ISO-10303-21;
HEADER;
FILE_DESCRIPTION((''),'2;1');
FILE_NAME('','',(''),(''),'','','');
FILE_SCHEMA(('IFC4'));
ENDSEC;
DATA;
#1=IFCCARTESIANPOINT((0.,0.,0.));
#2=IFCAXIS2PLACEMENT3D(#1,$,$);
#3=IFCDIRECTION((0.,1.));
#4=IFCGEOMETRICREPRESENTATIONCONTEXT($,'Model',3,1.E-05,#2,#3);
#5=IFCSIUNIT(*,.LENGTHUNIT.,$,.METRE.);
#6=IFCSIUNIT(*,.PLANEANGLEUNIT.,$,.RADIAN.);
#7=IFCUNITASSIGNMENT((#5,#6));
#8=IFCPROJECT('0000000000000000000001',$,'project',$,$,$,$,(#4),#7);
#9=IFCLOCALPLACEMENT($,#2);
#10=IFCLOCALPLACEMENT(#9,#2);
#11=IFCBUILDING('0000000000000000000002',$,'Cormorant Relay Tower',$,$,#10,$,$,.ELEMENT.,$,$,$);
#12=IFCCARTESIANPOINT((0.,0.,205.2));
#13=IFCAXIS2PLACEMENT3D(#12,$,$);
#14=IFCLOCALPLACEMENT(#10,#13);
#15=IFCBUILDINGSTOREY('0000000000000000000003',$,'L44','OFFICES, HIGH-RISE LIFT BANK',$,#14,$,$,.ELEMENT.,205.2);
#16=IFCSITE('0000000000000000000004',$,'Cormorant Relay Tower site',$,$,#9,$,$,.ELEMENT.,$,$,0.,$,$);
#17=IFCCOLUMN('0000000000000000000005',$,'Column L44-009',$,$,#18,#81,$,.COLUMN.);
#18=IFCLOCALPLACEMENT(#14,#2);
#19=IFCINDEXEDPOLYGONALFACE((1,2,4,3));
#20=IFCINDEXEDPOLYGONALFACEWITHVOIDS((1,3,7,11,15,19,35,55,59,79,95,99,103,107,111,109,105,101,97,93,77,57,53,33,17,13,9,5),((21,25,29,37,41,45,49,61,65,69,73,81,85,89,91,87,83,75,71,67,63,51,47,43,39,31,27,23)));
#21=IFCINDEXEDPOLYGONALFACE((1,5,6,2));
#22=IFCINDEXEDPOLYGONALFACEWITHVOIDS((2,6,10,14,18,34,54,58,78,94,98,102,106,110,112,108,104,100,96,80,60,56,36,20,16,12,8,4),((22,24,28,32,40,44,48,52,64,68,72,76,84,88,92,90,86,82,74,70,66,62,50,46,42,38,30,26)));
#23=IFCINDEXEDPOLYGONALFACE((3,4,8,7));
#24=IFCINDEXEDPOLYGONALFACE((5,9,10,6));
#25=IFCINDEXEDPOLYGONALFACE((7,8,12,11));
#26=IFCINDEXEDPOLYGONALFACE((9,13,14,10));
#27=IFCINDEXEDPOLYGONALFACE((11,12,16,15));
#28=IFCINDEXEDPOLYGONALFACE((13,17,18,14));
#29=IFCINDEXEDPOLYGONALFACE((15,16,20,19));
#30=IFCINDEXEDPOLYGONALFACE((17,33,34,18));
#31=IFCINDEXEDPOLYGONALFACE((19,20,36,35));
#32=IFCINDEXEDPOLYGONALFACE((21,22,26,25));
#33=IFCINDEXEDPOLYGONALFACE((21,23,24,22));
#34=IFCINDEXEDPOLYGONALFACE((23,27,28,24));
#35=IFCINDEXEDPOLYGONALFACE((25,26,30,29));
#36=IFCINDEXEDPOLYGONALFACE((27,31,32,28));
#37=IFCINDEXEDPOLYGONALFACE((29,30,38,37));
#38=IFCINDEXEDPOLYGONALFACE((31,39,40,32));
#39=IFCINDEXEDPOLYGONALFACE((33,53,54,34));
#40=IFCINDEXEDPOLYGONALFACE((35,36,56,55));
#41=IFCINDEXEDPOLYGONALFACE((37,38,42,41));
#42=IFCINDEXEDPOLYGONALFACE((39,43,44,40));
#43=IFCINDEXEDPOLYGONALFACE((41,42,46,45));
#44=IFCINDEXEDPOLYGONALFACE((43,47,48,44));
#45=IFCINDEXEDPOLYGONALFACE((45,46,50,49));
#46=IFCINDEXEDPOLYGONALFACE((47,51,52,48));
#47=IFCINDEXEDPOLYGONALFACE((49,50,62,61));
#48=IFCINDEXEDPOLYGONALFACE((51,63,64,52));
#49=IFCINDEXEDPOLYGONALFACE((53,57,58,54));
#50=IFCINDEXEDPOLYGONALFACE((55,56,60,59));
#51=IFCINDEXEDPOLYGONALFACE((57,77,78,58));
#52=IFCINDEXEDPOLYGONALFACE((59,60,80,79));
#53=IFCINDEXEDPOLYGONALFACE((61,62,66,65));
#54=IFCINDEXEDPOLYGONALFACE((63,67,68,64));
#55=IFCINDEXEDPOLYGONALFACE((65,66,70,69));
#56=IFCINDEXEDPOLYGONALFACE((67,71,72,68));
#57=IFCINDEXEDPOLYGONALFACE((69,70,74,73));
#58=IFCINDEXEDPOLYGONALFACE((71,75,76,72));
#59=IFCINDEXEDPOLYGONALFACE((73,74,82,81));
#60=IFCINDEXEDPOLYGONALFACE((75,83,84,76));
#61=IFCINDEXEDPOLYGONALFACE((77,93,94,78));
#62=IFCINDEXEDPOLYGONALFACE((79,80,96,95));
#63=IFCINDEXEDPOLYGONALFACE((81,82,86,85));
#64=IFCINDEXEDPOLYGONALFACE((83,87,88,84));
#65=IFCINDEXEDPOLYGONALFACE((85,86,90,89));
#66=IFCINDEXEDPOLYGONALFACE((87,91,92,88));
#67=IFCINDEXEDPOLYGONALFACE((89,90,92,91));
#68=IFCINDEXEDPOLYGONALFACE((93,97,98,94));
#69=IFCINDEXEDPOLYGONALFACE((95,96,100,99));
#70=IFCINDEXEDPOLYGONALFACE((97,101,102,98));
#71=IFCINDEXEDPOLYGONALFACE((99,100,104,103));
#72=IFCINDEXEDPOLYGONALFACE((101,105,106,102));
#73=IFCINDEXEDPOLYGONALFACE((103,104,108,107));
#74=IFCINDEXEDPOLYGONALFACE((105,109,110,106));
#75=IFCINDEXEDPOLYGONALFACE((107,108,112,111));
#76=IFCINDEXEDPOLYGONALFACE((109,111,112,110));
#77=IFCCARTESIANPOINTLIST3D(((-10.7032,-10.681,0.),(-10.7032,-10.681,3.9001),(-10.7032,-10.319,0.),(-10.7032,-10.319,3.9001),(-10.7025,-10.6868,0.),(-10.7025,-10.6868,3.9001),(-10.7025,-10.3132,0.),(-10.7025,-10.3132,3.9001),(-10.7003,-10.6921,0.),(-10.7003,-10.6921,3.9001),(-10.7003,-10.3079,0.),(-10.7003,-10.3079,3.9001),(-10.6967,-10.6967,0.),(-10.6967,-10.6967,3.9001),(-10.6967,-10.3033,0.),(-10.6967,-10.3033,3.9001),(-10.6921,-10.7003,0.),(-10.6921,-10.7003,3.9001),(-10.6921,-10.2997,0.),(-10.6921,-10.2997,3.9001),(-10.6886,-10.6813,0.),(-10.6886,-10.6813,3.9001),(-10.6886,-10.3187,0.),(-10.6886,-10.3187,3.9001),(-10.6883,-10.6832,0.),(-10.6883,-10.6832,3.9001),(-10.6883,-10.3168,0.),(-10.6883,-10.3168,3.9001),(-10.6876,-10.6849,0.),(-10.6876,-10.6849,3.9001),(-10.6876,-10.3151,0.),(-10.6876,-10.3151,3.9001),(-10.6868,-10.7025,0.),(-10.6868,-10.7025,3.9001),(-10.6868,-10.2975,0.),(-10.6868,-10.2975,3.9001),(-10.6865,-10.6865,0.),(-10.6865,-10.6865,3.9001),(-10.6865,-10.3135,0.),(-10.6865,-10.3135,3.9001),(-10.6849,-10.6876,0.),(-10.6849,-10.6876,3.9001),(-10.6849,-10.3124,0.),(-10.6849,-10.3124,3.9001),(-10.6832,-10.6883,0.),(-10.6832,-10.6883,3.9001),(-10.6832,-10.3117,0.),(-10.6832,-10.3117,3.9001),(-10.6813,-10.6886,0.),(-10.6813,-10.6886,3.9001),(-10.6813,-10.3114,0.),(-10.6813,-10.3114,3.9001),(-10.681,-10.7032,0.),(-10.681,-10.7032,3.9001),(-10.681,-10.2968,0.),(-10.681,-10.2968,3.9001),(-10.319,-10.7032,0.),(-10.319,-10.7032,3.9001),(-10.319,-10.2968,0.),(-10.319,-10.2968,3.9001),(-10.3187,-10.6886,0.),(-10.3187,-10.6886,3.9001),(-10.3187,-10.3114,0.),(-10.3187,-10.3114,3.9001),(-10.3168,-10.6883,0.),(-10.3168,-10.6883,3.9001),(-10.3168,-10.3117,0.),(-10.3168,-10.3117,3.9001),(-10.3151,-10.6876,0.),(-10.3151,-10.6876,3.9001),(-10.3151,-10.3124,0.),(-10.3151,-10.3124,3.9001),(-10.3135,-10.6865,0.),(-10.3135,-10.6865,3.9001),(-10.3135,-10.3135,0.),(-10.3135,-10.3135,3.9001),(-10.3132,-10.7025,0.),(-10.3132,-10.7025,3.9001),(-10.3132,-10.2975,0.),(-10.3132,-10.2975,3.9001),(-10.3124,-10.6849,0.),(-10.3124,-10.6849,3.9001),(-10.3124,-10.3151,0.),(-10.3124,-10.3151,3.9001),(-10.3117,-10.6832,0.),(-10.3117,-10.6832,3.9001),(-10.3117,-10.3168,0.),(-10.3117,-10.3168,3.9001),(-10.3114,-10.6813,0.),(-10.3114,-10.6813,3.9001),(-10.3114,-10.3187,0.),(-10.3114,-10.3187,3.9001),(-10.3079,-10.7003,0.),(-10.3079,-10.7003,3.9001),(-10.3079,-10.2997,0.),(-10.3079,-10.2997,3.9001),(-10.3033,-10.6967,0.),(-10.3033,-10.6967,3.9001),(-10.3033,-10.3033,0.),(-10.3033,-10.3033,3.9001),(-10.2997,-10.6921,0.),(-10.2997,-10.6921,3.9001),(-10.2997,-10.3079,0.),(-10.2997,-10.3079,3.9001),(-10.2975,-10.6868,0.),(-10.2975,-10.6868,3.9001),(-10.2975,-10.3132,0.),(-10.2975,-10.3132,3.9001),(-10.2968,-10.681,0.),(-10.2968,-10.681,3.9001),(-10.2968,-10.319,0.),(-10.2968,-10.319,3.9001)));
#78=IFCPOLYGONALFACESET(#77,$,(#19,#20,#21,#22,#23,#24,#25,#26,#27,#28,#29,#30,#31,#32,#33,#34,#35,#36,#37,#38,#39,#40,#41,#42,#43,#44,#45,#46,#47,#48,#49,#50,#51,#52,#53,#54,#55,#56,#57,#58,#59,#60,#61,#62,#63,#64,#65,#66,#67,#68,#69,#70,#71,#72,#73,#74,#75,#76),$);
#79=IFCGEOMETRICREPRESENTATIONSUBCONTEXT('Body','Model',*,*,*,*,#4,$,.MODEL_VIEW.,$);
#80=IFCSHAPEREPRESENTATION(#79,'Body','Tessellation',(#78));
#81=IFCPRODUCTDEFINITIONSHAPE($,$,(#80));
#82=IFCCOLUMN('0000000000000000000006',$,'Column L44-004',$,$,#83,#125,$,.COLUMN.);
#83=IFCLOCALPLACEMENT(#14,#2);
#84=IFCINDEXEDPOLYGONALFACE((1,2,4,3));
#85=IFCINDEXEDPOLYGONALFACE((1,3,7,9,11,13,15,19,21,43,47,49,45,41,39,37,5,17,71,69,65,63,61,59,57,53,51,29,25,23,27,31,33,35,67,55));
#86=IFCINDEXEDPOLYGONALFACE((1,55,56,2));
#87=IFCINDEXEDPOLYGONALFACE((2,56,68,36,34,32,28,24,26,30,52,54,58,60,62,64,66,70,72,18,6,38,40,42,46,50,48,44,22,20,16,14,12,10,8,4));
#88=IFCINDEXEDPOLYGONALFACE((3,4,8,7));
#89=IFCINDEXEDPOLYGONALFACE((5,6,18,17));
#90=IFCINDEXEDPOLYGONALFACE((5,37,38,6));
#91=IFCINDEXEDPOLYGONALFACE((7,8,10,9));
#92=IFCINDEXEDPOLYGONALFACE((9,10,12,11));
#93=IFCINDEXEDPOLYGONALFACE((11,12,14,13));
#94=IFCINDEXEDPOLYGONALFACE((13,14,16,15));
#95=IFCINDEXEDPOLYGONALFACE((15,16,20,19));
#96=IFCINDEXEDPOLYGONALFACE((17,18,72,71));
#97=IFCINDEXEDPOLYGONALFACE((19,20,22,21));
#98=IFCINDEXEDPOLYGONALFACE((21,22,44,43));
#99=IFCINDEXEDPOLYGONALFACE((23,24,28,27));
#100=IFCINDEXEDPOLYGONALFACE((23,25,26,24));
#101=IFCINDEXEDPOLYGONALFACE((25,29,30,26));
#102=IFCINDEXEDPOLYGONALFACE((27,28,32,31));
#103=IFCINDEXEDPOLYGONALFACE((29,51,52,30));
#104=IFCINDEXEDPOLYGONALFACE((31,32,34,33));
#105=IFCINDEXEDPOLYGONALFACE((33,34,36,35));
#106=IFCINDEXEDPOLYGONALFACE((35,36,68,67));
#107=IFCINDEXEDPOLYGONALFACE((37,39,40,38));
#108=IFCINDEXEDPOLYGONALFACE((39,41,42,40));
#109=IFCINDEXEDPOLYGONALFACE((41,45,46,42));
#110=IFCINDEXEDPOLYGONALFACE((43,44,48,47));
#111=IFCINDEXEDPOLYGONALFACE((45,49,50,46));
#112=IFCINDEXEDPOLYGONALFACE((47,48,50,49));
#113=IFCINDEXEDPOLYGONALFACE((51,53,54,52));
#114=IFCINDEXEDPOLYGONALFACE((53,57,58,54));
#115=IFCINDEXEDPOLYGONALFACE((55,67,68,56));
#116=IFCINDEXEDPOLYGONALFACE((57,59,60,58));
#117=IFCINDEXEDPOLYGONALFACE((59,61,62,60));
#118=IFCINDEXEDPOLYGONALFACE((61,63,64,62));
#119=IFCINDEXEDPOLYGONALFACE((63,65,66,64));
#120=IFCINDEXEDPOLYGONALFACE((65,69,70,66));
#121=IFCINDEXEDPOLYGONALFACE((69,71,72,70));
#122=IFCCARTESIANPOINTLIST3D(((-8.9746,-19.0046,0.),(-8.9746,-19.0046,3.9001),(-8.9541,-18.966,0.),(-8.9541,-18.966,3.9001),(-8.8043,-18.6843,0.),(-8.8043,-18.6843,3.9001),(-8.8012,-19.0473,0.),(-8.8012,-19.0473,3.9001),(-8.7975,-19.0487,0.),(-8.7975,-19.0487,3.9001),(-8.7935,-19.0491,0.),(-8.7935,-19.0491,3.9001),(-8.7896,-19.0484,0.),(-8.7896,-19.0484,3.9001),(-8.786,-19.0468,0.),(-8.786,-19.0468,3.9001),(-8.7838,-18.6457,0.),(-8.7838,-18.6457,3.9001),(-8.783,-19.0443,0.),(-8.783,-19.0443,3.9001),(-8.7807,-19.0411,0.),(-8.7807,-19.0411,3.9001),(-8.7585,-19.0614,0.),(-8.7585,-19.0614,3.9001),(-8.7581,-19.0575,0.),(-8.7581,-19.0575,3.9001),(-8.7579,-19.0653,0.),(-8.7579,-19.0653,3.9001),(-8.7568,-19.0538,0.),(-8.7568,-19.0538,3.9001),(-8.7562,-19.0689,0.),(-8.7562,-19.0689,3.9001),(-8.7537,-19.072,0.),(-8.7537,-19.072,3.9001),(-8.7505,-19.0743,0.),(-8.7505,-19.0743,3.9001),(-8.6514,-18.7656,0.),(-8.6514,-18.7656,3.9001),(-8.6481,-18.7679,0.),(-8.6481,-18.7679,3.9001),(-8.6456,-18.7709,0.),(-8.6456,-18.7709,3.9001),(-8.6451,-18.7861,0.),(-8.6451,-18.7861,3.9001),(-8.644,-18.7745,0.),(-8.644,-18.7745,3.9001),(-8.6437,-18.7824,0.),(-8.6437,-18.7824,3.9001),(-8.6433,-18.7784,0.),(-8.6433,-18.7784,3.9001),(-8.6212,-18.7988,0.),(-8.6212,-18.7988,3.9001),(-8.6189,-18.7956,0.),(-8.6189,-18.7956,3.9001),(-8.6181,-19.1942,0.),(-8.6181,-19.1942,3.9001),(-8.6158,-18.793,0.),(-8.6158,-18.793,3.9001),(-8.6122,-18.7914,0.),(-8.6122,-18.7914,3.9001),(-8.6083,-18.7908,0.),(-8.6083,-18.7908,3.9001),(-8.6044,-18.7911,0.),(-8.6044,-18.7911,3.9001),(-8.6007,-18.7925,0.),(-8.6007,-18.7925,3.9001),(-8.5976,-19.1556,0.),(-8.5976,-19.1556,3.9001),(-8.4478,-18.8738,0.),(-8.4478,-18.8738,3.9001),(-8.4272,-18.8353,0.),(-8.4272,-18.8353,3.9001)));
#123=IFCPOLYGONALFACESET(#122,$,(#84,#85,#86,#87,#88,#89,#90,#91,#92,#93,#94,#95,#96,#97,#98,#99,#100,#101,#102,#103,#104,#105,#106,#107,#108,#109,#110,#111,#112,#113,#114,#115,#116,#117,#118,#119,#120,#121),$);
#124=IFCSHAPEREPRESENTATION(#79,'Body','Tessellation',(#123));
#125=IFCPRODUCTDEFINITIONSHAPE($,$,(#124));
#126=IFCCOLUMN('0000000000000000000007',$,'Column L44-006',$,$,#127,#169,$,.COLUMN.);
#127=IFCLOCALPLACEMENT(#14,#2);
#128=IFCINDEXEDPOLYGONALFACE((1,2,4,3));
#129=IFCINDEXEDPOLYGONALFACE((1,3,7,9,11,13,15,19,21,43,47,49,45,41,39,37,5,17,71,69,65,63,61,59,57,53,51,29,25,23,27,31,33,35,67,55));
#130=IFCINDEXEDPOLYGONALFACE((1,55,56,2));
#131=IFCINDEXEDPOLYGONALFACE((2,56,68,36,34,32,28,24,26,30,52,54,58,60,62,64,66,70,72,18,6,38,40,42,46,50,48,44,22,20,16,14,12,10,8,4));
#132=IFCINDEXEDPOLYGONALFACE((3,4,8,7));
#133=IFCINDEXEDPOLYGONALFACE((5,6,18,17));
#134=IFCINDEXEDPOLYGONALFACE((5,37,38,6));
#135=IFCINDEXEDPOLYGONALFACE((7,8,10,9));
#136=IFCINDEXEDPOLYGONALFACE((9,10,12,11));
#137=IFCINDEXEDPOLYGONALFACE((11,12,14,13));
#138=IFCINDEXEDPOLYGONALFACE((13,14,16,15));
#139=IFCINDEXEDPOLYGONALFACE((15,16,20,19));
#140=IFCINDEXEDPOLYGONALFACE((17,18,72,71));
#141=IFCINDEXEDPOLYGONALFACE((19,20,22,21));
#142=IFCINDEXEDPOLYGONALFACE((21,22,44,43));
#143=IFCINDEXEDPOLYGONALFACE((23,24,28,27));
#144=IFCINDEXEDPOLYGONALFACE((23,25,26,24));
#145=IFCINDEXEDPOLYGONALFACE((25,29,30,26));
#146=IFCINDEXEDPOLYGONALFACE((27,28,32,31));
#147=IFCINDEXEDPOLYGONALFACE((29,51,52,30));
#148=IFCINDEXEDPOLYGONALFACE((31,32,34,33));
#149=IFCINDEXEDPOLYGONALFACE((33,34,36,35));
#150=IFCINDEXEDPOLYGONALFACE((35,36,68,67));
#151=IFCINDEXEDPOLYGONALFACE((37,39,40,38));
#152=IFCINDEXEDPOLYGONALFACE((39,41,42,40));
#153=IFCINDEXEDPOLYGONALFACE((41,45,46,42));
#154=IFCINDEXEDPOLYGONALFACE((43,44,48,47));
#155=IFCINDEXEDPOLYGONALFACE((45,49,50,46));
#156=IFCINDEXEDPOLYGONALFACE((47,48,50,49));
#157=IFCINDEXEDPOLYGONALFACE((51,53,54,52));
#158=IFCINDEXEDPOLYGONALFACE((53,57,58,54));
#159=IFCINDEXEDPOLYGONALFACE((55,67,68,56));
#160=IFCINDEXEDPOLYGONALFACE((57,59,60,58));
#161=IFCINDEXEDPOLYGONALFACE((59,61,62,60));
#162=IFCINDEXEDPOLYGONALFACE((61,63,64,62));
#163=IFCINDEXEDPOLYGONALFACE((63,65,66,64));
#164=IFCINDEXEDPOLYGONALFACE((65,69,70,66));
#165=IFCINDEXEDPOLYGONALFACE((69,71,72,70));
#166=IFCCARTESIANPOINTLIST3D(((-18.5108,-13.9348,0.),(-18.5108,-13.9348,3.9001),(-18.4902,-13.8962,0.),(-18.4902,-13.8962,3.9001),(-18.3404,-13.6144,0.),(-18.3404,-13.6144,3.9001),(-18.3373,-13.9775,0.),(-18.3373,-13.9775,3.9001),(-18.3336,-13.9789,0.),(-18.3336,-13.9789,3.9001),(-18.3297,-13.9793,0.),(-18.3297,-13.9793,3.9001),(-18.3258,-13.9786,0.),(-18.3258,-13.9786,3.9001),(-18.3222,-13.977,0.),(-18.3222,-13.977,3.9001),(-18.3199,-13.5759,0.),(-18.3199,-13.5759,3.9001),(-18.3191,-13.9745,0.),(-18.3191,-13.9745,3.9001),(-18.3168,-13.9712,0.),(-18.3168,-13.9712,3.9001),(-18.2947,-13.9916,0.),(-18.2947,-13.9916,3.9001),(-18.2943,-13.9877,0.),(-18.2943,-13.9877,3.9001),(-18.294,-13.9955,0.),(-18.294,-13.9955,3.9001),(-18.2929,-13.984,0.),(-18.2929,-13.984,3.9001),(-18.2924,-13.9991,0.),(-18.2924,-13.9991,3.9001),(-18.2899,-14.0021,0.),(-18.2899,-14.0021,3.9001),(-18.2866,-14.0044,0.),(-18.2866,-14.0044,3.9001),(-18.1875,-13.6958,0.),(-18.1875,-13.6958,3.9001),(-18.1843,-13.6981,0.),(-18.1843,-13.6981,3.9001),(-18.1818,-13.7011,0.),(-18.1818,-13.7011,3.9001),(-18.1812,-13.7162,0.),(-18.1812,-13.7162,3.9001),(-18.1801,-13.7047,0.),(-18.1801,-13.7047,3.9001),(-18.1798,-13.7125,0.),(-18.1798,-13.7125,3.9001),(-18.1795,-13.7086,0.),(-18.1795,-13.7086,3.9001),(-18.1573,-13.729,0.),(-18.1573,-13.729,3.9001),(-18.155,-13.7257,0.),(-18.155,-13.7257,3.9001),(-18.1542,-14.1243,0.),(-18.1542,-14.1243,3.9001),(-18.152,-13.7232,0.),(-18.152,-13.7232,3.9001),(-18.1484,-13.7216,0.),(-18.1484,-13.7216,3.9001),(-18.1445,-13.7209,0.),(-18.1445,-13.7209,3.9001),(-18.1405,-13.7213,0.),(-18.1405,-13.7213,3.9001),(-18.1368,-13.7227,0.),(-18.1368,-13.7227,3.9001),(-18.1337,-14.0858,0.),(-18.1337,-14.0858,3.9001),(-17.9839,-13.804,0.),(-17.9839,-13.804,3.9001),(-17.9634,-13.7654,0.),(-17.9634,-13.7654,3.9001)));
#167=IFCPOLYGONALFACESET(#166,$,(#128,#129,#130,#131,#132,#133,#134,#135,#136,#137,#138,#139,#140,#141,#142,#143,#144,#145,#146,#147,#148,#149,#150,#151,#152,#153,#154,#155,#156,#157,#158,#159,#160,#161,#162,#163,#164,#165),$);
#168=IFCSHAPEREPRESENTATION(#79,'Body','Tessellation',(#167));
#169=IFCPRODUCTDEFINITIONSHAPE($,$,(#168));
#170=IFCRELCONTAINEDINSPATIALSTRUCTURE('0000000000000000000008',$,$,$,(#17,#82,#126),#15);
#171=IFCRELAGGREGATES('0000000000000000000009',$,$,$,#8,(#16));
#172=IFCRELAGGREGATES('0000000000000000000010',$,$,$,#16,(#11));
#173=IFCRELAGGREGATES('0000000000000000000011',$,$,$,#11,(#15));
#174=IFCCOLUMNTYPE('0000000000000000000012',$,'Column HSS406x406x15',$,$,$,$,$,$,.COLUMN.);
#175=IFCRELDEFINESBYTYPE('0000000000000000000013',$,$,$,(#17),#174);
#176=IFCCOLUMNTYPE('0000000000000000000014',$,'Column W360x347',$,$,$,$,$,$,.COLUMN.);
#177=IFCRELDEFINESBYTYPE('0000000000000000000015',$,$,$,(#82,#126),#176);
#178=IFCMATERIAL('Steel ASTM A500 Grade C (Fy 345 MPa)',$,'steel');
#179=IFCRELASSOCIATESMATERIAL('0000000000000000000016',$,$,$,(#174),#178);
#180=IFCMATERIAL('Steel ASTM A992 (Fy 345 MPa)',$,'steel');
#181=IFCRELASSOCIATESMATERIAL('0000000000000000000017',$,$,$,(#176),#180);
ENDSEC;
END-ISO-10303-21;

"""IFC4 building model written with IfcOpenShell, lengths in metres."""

from ifc_helpers import new_model, si_unit, direction, frame, origin, origin_2d, place, context, subcontext, project, spatial, hollow_rectangle, i_section, extrude, material, material_profile, profile_set, type_object, element, save


model = new_model("IFC4")

# Units and contexts
model_context = context("Model", 3, precision=1e-05, world=origin(), true_north=direction((0.0, 1.0)))
body_context = subcontext(model_context, "Body", "Model", "MODEL_VIEW")
ifc_project = project(units=[si_unit("LENGTHUNIT", "METRE"), si_unit("PLANEANGLEUNIT", "RADIAN")], contexts=[model_context])

# Site, building, storey
site_placement = place(None, origin())
site = spatial("IfcSite", under=ifc_project, at=site_placement, Name="Cormorant Relay Tower site", CompositionType="ELEMENT", RefElevation=0.0)
building_placement = place(site_placement, origin())
building = spatial("IfcBuilding", under=site, at=building_placement, Name="Cormorant Relay Tower", CompositionType="ELEMENT")
storey_placement = place(building_placement, frame((0.0, 0.0, 205.2)))
storey = spatial("IfcBuildingStorey", under=building, at=storey_placement, Name="L44", Description="OFFICES, HIGH-RISE LIFT BANK", CompositionType="ELEMENT", Elevation=205.2)

# Columns
ifc_material_1 = material(Name="Steel ASTM A500 Grade C (Fy 345 MPa)", Category="steel")
ifc_material_profile_1 = material_profile(ifc_material_1, hollow_rectangle(XDim=0.4065, YDim=0.4065, WallThickness=0.0146, InnerFilletRadius=0.0073, OuterFilletRadius=0.0222, at=origin_2d()), Name="HSS406x406x15")
ifc_profile_set_1 = profile_set([ifc_material_profile_1], Name="Steel ASTM A500 Grade C (Fy 345 MPa)")
column_type_1 = type_object("IfcColumnType", Name="Column HSS406x406x15", PredefinedType="COLUMN", material=ifc_profile_set_1)
column_placement = place(storey_placement, frame((-10.5, -10.5, 0.0), z_axis=(0.0, 0.0, 1.0), x_axis=(1.0, 0.0, 0.0)))
element("IfcColumn", 1, at=column_placement, inside=storey, type_object=column_type_1, Name="Column L44-009", PredefinedType="COLUMN", context=body_context, shape_type="SweptSolid", body=[
    extrude(hollow_rectangle(XDim=0.4065, YDim=0.4065, WallThickness=0.0146, InnerFilletRadius=0.0073, OuterFilletRadius=0.0222, at=origin_2d()), origin(), (0.0, 0.0, 1.0), 3.9001),
])
ifc_material_2 = material(Name="Steel ASTM A992 (Fy 345 MPa)", Category="steel")
ifc_material_profile_2 = material_profile(ifc_material_2, i_section(OverallWidth=0.4038, OverallDepth=0.4065, WebThickness=0.0271, FlangeThickness=0.0437, FilletRadius=0.0151, at=origin_2d()), Name="W360x347")
ifc_profile_set_2 = profile_set([ifc_material_profile_2], Name="Steel ASTM A992 (Fy 345 MPa)")
column_type_2 = type_object("IfcColumnType", Name="Column W360x347", PredefinedType="COLUMN", material=ifc_profile_set_2)
for number, where, z_axis, x_axis, name in (
    (2, (-8.7009, -18.9199, 0.0), (0.0, 0.0, 1.0), (0.882948, -0.469472, 0.0), "Column L44-004"),
    (3, (-18.2371, -13.8501, 0.0), (0.0, 0.0, 1.0), (0.882948, -0.469472, 0.0), "Column L44-006"),
):
    element("IfcColumn", number, at=place(storey_placement, frame(where, z_axis=z_axis, x_axis=x_axis)), inside=storey, type_object=column_type_2, Name=name, PredefinedType="COLUMN", context=body_context, shape_type="SweptSolid", body=[
        extrude(i_section(OverallWidth=0.4038, OverallDepth=0.4065, WebThickness=0.0271, FlangeThickness=0.0437, FilletRadius=0.0151, at=origin_2d()), origin(), (0.0, 0.0, 1.0), 3.9001),
    ])

save(model, "model.ifc")
